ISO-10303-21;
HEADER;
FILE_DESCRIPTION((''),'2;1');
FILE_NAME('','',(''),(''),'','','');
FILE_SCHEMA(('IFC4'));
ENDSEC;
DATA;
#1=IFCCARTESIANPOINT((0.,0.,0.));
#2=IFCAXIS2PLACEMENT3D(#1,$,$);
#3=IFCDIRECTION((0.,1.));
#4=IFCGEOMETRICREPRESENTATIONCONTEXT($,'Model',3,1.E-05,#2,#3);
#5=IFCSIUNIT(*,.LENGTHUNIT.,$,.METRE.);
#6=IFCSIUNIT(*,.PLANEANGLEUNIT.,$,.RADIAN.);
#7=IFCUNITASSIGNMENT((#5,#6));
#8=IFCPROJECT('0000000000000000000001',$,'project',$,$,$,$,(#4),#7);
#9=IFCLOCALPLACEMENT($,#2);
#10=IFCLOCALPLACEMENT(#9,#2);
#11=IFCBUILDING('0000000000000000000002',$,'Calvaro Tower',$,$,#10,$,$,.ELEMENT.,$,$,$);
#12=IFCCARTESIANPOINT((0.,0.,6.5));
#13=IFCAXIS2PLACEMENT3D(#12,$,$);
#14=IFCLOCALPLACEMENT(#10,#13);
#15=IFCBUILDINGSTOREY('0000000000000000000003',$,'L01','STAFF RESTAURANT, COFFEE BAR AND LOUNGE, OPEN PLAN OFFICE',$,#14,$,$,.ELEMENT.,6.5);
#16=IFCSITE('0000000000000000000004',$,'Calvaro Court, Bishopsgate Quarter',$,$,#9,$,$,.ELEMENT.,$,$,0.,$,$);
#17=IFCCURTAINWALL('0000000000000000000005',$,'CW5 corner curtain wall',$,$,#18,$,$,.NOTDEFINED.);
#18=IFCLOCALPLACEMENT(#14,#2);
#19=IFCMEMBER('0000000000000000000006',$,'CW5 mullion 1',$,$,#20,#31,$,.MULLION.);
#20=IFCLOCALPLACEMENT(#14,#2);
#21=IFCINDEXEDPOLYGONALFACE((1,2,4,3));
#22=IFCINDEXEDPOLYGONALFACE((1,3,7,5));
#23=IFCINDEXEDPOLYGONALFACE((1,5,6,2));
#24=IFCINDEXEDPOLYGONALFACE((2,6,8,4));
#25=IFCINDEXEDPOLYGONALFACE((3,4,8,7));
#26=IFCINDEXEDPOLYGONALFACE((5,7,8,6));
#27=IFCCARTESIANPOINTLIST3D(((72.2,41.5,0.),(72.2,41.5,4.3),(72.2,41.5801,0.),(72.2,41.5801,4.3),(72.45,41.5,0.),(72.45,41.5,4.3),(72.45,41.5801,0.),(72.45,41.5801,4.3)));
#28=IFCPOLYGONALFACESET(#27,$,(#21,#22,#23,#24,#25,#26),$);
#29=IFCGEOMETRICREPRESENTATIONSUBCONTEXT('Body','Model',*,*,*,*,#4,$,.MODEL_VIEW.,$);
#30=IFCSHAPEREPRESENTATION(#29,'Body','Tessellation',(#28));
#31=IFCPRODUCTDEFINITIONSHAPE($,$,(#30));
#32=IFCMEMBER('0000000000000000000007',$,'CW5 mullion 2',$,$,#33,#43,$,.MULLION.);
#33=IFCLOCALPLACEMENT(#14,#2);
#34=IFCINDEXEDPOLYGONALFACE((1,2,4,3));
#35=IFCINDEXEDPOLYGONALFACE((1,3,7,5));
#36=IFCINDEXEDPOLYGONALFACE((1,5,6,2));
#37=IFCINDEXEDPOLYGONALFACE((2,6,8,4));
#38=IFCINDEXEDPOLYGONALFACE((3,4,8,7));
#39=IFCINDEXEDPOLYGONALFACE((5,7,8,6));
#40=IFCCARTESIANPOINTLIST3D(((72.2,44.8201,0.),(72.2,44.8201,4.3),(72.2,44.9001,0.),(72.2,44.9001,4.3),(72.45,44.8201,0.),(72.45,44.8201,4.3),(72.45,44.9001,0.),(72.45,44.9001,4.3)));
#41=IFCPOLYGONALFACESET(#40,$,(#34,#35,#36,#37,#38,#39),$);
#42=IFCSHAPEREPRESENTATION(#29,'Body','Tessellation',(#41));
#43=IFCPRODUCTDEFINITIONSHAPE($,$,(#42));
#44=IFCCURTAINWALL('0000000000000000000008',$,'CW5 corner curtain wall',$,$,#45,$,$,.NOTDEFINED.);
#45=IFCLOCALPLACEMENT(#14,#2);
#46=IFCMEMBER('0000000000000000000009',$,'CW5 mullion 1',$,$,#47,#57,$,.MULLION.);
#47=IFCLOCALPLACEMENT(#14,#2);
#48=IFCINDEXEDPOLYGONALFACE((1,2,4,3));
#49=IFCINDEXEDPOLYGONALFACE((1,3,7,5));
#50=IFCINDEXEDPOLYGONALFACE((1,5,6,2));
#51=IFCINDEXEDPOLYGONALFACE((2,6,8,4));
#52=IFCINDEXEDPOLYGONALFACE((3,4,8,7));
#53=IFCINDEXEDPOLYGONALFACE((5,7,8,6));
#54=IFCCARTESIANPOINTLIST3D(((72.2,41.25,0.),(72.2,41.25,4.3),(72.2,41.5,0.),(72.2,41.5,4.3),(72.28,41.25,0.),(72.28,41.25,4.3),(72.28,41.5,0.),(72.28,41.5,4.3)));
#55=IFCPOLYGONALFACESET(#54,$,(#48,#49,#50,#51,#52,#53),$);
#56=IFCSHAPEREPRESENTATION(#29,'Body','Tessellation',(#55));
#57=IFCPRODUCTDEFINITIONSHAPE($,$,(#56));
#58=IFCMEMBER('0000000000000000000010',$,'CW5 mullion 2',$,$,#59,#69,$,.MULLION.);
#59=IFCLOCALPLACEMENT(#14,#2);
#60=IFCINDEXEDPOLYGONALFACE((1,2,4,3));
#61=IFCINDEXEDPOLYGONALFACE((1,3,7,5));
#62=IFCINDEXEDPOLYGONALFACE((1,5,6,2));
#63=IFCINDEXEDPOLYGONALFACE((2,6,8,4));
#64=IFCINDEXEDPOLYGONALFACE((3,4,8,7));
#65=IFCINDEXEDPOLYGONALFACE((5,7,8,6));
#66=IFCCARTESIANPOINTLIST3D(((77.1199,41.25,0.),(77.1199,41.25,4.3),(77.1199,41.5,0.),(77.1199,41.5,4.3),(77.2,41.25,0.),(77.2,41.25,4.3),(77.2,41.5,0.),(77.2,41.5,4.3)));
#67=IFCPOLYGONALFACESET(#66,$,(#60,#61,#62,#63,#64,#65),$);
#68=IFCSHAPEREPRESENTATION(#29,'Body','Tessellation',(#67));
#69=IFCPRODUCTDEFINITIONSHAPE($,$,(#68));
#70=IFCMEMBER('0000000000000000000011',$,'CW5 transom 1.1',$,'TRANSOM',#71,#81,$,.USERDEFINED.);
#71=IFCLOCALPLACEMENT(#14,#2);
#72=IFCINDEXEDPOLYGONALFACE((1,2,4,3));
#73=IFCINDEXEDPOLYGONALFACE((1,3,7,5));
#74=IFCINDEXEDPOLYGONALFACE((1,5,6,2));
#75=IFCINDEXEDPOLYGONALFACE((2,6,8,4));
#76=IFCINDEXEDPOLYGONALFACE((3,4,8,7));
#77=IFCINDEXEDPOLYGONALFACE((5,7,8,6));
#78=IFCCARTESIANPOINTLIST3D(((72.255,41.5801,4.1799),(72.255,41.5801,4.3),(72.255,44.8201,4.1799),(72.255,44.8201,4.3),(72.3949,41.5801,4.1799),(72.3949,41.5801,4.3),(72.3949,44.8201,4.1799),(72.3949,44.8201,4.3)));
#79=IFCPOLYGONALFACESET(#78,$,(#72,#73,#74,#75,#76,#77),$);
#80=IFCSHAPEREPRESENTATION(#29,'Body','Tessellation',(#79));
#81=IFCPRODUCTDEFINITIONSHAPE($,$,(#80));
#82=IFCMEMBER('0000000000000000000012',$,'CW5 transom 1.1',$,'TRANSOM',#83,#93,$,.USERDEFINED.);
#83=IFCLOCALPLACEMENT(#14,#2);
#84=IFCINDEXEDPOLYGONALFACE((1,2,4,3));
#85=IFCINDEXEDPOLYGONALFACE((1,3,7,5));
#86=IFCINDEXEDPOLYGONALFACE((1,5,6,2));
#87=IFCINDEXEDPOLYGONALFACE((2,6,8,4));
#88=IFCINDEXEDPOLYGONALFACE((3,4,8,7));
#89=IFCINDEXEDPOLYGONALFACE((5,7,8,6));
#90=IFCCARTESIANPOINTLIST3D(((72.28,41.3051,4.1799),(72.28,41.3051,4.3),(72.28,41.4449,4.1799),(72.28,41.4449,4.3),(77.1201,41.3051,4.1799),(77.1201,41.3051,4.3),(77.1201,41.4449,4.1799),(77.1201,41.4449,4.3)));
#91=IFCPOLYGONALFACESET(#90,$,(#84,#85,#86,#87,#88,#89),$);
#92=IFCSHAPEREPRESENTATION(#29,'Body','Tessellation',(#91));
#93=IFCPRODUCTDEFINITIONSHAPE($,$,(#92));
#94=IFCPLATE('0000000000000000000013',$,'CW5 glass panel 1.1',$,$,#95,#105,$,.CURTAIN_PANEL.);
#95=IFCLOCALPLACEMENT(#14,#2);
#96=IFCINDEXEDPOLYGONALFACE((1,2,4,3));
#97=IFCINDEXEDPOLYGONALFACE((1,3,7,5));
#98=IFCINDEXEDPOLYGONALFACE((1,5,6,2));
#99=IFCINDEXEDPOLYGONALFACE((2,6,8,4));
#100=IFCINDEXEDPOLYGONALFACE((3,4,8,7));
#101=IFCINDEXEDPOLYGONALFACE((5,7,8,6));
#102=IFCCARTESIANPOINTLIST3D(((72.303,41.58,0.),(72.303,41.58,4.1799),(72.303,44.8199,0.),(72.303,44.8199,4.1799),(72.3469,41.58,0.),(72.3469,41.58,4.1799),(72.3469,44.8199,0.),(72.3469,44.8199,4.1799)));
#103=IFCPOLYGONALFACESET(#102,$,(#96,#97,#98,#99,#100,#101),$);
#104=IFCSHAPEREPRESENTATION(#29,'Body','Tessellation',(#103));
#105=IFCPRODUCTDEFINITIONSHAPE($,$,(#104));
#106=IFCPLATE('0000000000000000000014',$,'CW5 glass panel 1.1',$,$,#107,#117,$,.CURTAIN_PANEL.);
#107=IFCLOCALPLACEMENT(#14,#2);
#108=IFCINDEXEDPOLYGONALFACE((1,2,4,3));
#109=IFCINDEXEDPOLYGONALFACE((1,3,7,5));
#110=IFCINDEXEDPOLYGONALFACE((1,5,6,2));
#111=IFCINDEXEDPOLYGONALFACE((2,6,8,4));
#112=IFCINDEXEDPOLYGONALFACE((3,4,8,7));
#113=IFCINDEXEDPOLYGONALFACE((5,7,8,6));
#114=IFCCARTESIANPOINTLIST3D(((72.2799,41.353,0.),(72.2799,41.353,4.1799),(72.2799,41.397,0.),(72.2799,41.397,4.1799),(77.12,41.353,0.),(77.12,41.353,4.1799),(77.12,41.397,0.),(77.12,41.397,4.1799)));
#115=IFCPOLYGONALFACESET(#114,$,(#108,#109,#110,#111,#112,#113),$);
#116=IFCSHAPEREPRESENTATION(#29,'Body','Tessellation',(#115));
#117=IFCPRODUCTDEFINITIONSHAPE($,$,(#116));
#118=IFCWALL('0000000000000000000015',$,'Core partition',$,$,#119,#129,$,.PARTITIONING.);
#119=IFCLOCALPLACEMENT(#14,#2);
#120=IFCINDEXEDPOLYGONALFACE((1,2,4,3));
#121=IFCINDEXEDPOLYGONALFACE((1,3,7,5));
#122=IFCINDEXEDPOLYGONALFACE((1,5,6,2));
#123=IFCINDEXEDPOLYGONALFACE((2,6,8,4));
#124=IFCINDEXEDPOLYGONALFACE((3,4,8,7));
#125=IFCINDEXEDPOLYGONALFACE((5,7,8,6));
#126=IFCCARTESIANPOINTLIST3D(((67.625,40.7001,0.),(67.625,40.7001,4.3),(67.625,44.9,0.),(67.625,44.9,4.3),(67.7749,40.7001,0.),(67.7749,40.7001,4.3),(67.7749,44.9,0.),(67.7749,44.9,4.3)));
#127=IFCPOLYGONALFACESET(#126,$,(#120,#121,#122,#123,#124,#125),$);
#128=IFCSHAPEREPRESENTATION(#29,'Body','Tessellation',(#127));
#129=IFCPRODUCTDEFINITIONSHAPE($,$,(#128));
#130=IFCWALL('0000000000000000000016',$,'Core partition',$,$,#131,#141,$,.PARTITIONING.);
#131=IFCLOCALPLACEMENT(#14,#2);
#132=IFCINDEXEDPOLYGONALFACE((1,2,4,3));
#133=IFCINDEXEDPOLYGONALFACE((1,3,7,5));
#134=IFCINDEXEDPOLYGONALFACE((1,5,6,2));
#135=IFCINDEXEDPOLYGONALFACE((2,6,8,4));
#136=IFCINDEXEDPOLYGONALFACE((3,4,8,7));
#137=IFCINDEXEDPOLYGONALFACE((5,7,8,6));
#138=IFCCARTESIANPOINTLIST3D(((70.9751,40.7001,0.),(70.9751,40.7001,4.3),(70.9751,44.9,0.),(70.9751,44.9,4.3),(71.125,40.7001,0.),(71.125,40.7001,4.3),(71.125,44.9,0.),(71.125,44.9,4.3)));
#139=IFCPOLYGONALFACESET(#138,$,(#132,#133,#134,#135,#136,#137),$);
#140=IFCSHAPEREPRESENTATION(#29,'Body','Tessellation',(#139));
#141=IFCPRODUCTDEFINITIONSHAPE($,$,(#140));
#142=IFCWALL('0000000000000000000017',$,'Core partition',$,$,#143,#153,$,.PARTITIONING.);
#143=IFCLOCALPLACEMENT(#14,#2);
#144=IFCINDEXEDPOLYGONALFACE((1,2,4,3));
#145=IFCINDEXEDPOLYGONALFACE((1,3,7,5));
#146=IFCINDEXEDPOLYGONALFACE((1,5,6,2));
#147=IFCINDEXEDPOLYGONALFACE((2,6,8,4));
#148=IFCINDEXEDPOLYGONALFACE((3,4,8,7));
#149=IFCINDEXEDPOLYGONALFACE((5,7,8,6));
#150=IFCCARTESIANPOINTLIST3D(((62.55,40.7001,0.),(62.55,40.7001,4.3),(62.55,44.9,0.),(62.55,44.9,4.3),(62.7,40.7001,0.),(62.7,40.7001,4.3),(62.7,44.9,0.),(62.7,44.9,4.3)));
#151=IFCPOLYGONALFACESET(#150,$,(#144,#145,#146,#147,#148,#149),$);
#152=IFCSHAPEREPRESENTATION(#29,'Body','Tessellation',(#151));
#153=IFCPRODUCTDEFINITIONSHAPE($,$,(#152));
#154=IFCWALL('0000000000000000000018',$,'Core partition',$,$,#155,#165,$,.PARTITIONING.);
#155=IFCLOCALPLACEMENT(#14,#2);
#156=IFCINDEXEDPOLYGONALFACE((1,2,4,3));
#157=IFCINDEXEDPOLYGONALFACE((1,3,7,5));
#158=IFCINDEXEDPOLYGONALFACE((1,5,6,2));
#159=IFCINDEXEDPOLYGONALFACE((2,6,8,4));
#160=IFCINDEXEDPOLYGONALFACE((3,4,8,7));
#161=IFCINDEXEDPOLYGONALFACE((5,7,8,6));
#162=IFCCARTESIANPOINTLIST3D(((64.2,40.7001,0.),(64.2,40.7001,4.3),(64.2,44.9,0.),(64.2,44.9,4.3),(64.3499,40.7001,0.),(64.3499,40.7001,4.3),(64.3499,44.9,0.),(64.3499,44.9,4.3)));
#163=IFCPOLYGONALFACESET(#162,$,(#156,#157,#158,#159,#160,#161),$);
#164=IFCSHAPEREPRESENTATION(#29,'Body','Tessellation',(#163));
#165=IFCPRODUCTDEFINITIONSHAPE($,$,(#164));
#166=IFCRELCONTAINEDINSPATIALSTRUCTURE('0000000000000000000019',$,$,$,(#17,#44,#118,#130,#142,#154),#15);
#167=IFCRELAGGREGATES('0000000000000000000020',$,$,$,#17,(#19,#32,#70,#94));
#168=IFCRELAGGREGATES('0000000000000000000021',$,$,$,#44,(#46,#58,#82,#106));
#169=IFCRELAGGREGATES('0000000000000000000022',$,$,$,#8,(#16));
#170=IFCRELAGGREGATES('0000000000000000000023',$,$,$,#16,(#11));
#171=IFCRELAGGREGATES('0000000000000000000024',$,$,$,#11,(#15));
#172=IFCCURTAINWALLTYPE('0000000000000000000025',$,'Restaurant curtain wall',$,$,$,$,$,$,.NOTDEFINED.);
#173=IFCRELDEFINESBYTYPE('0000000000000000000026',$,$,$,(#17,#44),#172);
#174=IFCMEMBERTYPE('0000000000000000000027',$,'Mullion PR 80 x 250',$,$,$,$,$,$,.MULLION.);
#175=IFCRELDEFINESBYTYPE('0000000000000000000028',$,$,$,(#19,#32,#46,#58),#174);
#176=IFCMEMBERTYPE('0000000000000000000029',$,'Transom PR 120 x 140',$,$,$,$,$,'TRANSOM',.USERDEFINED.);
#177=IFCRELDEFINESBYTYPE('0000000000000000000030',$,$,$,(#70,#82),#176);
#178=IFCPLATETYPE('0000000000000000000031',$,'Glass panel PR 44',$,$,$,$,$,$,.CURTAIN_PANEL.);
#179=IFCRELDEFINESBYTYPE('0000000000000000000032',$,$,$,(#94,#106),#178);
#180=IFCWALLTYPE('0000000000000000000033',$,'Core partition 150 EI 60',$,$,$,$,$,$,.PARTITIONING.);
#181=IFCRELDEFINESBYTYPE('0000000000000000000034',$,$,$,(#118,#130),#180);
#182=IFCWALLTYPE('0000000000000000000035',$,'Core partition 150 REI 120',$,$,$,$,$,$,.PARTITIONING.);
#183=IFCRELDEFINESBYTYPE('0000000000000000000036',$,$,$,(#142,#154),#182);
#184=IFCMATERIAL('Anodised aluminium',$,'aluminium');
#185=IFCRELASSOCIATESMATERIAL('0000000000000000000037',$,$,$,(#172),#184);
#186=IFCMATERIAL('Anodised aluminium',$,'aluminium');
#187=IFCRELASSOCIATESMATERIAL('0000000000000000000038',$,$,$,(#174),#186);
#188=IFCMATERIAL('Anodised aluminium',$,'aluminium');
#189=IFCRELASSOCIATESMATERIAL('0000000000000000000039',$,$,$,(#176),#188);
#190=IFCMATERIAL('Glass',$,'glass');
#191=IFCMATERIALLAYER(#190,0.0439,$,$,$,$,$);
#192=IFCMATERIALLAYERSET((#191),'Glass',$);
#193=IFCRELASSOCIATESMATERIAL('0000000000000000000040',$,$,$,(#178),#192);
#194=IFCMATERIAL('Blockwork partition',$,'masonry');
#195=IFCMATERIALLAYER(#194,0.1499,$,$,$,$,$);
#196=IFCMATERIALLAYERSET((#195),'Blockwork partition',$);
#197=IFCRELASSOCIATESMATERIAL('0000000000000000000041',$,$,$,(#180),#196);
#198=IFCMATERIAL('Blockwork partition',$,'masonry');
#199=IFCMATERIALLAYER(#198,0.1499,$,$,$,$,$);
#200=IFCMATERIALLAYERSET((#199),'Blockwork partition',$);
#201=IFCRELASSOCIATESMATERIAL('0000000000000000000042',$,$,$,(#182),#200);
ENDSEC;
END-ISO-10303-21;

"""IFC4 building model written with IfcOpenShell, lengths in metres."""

from ifc_helpers import new_model, si_unit, direction, frame, frame_2d, origin, origin_2d, place, context, subcontext, project, spatial, rectangle, extrude, material, layer, layer_set, material_profile, profile_set, type_object, element, aggregate, save


model = new_model("IFC4")

# Units and contexts
model_context = context("Model", 3, precision=1e-05, world=origin(), true_north=direction((0.0, 1.0)))
body_context = subcontext(model_context, "Body", "Model", "MODEL_VIEW")
ifc_project = project(units=[si_unit("LENGTHUNIT", "METRE"), si_unit("PLANEANGLEUNIT", "RADIAN")], contexts=[model_context])

# Site, building, storey
site_placement = place(None, origin())
site = spatial("IfcSite", under=ifc_project, at=site_placement, Name="Calvaro Court, Bishopsgate Quarter", CompositionType="ELEMENT", RefElevation=0.0)
building_placement = place(site_placement, origin())
building = spatial("IfcBuilding", under=site, at=building_placement, Name="Calvaro Tower", CompositionType="ELEMENT")
storey_placement = place(building_placement, frame((0.0, 0.0, 6.5)))
storey = spatial("IfcBuildingStorey", under=building, at=storey_placement, Name="L01", Description="STAFF RESTAURANT, COFFEE BAR AND LOUNGE, OPEN PLAN OFFICE", CompositionType="ELEMENT", Elevation=6.5)

# Curtain walls, members
ifc_material_1 = material(Name="Anodised aluminium", Category="aluminium")
curtain_wall_type = type_object("IfcCurtainWallType", Name="Restaurant curtain wall", PredefinedType="NOTDEFINED", material=ifc_material_1)
curtain_wall_1_placement = place(storey_placement, origin())
curtain_wall_1 = element("IfcCurtainWall", 1, at=curtain_wall_1_placement, inside=storey, type_object=curtain_wall_type, Name="CW5 corner curtain wall", PredefinedType="NOTDEFINED")
ifc_material_2 = material(Name="Anodised aluminium", Category="aluminium")
ifc_material_profile_1 = material_profile(ifc_material_2, rectangle(XDim=0.25, YDim=0.0801, at=origin_2d()), Name="Mullion PR 80 x 250")
ifc_profile_set_1 = profile_set([ifc_material_profile_1], Name="Anodised aluminium")
member_type_1 = type_object("IfcMemberType", Name="Mullion PR 80 x 250", PredefinedType="MULLION", material=ifc_profile_set_1)
member_1_placement = place(storey_placement, frame((72.325, 41.54, 0.0), z_axis=(0.0, 0.0, 1.0), x_axis=(-1.0, 0.0, 0.0)))
member_1 = element("IfcMember", 2, at=member_1_placement, type_object=member_type_1, Name="CW5 mullion 1", PredefinedType="MULLION", context=body_context, shape_type="SweptSolid", body=[
    extrude(rectangle(XDim=0.25, YDim=0.0801, at=origin_2d()), origin(), (0.0, 0.0, 1.0), 4.3),
])
member_2_placement = place(storey_placement, frame((72.325, 44.8601, 0.0), z_axis=(0.0, 0.0, 1.0), x_axis=(-1.0, 0.0, 0.0)))
member_2 = element("IfcMember", 3, at=member_2_placement, type_object=member_type_1, Name="CW5 mullion 2", PredefinedType="MULLION", context=body_context, shape_type="SweptSolid", body=[
    extrude(rectangle(XDim=0.25, YDim=0.0801, at=origin_2d()), origin(), (0.0, 0.0, 1.0), 4.3),
])
curtain_wall_2_placement = place(storey_placement, origin())
curtain_wall_2 = element("IfcCurtainWall", 4, at=curtain_wall_2_placement, inside=storey, type_object=curtain_wall_type, Name="CW5 corner curtain wall", PredefinedType="NOTDEFINED")
member_3_placement = place(storey_placement, frame((72.24, 41.375, 0.0), z_axis=(0.0, 0.0, 1.0), x_axis=(0.0, 1.0, 0.0)))
member_3 = element("IfcMember", 5, at=member_3_placement, type_object=member_type_1, Name="CW5 mullion 1", PredefinedType="MULLION", context=body_context, shape_type="SweptSolid", body=[
    extrude(rectangle(XDim=0.25, YDim=0.0801, at=origin_2d()), origin(), (0.0, 0.0, 1.0), 4.3),
])
member_4_placement = place(storey_placement, frame((77.1599, 41.375, 0.0), z_axis=(0.0, 0.0, 1.0), x_axis=(0.0, 1.0, 0.0)))
member_4 = element("IfcMember", 6, at=member_4_placement, type_object=member_type_1, Name="CW5 mullion 2", PredefinedType="MULLION", context=body_context, shape_type="SweptSolid", body=[
    extrude(rectangle(XDim=0.25, YDim=0.0801, at=origin_2d()), origin(), (0.0, 0.0, 1.0), 4.3),
])

# Members
ifc_material_3 = material(Name="Anodised aluminium", Category="aluminium")
ifc_material_profile_2 = material_profile(ifc_material_3, rectangle(XDim=0.1399, YDim=0.1201, at=origin_2d()), Name="Transom PR 120 x 140")
ifc_profile_set_2 = profile_set([ifc_material_profile_2], Name="Anodised aluminium")
member_type_2 = type_object("IfcMemberType", Name="Transom PR 120 x 140", ElementType="TRANSOM", PredefinedType="USERDEFINED", material=ifc_profile_set_2)
member_5_placement = place(storey_placement, frame((72.325, 41.5801, 4.24), z_axis=(0.0, 1.0, 0.0), x_axis=(-1.0, 0.0, 0.0)))
member_5 = element("IfcMember", 7, at=member_5_placement, type_object=member_type_2, Name="CW5 transom 1.1", ObjectType="TRANSOM", PredefinedType="USERDEFINED", context=body_context, shape_type="SweptSolid", body=[
    extrude(rectangle(XDim=0.1399, YDim=0.1201, at=origin_2d()), origin(), (0.0, 0.0, 1.0), 3.24),
])
member_6_placement = place(storey_placement, frame((72.28, 41.375, 4.24), z_axis=(1.0, 0.0, 0.0), x_axis=(0.0, 1.0, 0.0)))
member_6 = element("IfcMember", 8, at=member_6_placement, type_object=member_type_2, Name="CW5 transom 1.1", ObjectType="TRANSOM", PredefinedType="USERDEFINED", context=body_context, shape_type="SweptSolid", body=[
    extrude(rectangle(XDim=0.1399, YDim=0.1201, at=origin_2d()), origin(), (0.0, 0.0, 1.0), 4.8401),
])

# Plates
ifc_material_4 = material(Name="Glass", Category="glass")
ifc_layer_1 = layer(ifc_material_4, 0.0439)
ifc_layer_set_1 = layer_set([ifc_layer_1], Name="Glass")
plate_type = type_object("IfcPlateType", Name="Glass panel PR 44", PredefinedType="CURTAIN_PANEL", material=ifc_layer_set_1)
plate_1_placement = place(storey_placement, frame((72.325, 43.2, 0.0), z_axis=(0.0, 0.0, 1.0), x_axis=(0.0, 1.0, 0.0)))
plate_1 = element("IfcPlate", 9, at=plate_1_placement, type_object=plate_type, Name="CW5 glass panel 1.1", PredefinedType="CURTAIN_PANEL", context=body_context, shape_type="SweptSolid", body=[
    extrude(rectangle(XDim=3.24, YDim=0.0439, at=origin_2d()), origin(), (0.0, 0.0, 1.0), 4.1799),
])
aggregate(curtain_wall_1, [member_1, member_2, member_5, plate_1])
plate_2_placement = place(storey_placement, frame((74.7, 41.375, 0.0), z_axis=(0.0, 0.0, 1.0), x_axis=(1.0, 0.0, 0.0)))
plate_2 = element("IfcPlate", 10, at=plate_2_placement, type_object=plate_type, Name="CW5 glass panel 1.1", PredefinedType="CURTAIN_PANEL", context=body_context, shape_type="SweptSolid", body=[
    extrude(rectangle(XDim=4.8401, YDim=0.0439, at=origin_2d()), origin(), (0.0, 0.0, 1.0), 4.1799),
])
aggregate(curtain_wall_2, [member_3, member_4, member_6, plate_2])

# Walls
ifc_material_5 = material(Name="Blockwork partition", Category="masonry")
ifc_layer_2 = layer(ifc_material_5, 0.1499)
ifc_layer_set_2 = layer_set([ifc_layer_2], Name="Blockwork partition")
wall_type_1 = type_object("IfcWallType", Name="Core partition 150 EI 60", PredefinedType="PARTITIONING", material=ifc_layer_set_2)
for number, where, z_axis, x_axis, name in (
    (11, (67.7, 40.7, 0.0), (0.0, 0.0, 1.0), (0.0, 1.0, 0.0), "Core partition"),
    (12, (71.05, 40.7, 0.0), (0.0, 0.0, 1.0), (0.0, 1.0, 0.0), "Core partition"),
):
    element("IfcWall", number, at=place(storey_placement, frame(where, z_axis=z_axis, x_axis=x_axis)), inside=storey, type_object=wall_type_1, Name=name, PredefinedType="PARTITIONING", context=body_context, shape_type="SweptSolid", body=[
        extrude(rectangle(XDim=4.2, YDim=0.1499, at=frame_2d((2.1001, 0.0))), origin(), (0.0, 0.0, 1.0), 4.3),
    ])
ifc_material_6 = material(Name="Blockwork partition", Category="masonry")
ifc_layer_3 = layer(ifc_material_6, 0.1499)
ifc_layer_set_3 = layer_set([ifc_layer_3], Name="Blockwork partition")
wall_type_2 = type_object("IfcWallType", Name="Core partition 150 REI 120", PredefinedType="PARTITIONING", material=ifc_layer_set_3)
for number, where, z_axis, x_axis, name in (
    (13, (62.625, 40.7, 0.0), (0.0, 0.0, 1.0), (0.0, 1.0, 0.0), "Core partition"),
    (14, (64.2749, 40.7, 0.0), (0.0, 0.0, 1.0), (0.0, 1.0, 0.0), "Core partition"),
):
    element("IfcWall", number, at=place(storey_placement, frame(where, z_axis=z_axis, x_axis=x_axis)), inside=storey, type_object=wall_type_2, Name=name, PredefinedType="PARTITIONING", context=body_context, shape_type="SweptSolid", body=[
        extrude(rectangle(XDim=4.2, YDim=0.1499, at=frame_2d((2.1001, 0.0))), origin(), (0.0, 0.0, 1.0), 4.3),
    ])

save(model, "model.ifc")
